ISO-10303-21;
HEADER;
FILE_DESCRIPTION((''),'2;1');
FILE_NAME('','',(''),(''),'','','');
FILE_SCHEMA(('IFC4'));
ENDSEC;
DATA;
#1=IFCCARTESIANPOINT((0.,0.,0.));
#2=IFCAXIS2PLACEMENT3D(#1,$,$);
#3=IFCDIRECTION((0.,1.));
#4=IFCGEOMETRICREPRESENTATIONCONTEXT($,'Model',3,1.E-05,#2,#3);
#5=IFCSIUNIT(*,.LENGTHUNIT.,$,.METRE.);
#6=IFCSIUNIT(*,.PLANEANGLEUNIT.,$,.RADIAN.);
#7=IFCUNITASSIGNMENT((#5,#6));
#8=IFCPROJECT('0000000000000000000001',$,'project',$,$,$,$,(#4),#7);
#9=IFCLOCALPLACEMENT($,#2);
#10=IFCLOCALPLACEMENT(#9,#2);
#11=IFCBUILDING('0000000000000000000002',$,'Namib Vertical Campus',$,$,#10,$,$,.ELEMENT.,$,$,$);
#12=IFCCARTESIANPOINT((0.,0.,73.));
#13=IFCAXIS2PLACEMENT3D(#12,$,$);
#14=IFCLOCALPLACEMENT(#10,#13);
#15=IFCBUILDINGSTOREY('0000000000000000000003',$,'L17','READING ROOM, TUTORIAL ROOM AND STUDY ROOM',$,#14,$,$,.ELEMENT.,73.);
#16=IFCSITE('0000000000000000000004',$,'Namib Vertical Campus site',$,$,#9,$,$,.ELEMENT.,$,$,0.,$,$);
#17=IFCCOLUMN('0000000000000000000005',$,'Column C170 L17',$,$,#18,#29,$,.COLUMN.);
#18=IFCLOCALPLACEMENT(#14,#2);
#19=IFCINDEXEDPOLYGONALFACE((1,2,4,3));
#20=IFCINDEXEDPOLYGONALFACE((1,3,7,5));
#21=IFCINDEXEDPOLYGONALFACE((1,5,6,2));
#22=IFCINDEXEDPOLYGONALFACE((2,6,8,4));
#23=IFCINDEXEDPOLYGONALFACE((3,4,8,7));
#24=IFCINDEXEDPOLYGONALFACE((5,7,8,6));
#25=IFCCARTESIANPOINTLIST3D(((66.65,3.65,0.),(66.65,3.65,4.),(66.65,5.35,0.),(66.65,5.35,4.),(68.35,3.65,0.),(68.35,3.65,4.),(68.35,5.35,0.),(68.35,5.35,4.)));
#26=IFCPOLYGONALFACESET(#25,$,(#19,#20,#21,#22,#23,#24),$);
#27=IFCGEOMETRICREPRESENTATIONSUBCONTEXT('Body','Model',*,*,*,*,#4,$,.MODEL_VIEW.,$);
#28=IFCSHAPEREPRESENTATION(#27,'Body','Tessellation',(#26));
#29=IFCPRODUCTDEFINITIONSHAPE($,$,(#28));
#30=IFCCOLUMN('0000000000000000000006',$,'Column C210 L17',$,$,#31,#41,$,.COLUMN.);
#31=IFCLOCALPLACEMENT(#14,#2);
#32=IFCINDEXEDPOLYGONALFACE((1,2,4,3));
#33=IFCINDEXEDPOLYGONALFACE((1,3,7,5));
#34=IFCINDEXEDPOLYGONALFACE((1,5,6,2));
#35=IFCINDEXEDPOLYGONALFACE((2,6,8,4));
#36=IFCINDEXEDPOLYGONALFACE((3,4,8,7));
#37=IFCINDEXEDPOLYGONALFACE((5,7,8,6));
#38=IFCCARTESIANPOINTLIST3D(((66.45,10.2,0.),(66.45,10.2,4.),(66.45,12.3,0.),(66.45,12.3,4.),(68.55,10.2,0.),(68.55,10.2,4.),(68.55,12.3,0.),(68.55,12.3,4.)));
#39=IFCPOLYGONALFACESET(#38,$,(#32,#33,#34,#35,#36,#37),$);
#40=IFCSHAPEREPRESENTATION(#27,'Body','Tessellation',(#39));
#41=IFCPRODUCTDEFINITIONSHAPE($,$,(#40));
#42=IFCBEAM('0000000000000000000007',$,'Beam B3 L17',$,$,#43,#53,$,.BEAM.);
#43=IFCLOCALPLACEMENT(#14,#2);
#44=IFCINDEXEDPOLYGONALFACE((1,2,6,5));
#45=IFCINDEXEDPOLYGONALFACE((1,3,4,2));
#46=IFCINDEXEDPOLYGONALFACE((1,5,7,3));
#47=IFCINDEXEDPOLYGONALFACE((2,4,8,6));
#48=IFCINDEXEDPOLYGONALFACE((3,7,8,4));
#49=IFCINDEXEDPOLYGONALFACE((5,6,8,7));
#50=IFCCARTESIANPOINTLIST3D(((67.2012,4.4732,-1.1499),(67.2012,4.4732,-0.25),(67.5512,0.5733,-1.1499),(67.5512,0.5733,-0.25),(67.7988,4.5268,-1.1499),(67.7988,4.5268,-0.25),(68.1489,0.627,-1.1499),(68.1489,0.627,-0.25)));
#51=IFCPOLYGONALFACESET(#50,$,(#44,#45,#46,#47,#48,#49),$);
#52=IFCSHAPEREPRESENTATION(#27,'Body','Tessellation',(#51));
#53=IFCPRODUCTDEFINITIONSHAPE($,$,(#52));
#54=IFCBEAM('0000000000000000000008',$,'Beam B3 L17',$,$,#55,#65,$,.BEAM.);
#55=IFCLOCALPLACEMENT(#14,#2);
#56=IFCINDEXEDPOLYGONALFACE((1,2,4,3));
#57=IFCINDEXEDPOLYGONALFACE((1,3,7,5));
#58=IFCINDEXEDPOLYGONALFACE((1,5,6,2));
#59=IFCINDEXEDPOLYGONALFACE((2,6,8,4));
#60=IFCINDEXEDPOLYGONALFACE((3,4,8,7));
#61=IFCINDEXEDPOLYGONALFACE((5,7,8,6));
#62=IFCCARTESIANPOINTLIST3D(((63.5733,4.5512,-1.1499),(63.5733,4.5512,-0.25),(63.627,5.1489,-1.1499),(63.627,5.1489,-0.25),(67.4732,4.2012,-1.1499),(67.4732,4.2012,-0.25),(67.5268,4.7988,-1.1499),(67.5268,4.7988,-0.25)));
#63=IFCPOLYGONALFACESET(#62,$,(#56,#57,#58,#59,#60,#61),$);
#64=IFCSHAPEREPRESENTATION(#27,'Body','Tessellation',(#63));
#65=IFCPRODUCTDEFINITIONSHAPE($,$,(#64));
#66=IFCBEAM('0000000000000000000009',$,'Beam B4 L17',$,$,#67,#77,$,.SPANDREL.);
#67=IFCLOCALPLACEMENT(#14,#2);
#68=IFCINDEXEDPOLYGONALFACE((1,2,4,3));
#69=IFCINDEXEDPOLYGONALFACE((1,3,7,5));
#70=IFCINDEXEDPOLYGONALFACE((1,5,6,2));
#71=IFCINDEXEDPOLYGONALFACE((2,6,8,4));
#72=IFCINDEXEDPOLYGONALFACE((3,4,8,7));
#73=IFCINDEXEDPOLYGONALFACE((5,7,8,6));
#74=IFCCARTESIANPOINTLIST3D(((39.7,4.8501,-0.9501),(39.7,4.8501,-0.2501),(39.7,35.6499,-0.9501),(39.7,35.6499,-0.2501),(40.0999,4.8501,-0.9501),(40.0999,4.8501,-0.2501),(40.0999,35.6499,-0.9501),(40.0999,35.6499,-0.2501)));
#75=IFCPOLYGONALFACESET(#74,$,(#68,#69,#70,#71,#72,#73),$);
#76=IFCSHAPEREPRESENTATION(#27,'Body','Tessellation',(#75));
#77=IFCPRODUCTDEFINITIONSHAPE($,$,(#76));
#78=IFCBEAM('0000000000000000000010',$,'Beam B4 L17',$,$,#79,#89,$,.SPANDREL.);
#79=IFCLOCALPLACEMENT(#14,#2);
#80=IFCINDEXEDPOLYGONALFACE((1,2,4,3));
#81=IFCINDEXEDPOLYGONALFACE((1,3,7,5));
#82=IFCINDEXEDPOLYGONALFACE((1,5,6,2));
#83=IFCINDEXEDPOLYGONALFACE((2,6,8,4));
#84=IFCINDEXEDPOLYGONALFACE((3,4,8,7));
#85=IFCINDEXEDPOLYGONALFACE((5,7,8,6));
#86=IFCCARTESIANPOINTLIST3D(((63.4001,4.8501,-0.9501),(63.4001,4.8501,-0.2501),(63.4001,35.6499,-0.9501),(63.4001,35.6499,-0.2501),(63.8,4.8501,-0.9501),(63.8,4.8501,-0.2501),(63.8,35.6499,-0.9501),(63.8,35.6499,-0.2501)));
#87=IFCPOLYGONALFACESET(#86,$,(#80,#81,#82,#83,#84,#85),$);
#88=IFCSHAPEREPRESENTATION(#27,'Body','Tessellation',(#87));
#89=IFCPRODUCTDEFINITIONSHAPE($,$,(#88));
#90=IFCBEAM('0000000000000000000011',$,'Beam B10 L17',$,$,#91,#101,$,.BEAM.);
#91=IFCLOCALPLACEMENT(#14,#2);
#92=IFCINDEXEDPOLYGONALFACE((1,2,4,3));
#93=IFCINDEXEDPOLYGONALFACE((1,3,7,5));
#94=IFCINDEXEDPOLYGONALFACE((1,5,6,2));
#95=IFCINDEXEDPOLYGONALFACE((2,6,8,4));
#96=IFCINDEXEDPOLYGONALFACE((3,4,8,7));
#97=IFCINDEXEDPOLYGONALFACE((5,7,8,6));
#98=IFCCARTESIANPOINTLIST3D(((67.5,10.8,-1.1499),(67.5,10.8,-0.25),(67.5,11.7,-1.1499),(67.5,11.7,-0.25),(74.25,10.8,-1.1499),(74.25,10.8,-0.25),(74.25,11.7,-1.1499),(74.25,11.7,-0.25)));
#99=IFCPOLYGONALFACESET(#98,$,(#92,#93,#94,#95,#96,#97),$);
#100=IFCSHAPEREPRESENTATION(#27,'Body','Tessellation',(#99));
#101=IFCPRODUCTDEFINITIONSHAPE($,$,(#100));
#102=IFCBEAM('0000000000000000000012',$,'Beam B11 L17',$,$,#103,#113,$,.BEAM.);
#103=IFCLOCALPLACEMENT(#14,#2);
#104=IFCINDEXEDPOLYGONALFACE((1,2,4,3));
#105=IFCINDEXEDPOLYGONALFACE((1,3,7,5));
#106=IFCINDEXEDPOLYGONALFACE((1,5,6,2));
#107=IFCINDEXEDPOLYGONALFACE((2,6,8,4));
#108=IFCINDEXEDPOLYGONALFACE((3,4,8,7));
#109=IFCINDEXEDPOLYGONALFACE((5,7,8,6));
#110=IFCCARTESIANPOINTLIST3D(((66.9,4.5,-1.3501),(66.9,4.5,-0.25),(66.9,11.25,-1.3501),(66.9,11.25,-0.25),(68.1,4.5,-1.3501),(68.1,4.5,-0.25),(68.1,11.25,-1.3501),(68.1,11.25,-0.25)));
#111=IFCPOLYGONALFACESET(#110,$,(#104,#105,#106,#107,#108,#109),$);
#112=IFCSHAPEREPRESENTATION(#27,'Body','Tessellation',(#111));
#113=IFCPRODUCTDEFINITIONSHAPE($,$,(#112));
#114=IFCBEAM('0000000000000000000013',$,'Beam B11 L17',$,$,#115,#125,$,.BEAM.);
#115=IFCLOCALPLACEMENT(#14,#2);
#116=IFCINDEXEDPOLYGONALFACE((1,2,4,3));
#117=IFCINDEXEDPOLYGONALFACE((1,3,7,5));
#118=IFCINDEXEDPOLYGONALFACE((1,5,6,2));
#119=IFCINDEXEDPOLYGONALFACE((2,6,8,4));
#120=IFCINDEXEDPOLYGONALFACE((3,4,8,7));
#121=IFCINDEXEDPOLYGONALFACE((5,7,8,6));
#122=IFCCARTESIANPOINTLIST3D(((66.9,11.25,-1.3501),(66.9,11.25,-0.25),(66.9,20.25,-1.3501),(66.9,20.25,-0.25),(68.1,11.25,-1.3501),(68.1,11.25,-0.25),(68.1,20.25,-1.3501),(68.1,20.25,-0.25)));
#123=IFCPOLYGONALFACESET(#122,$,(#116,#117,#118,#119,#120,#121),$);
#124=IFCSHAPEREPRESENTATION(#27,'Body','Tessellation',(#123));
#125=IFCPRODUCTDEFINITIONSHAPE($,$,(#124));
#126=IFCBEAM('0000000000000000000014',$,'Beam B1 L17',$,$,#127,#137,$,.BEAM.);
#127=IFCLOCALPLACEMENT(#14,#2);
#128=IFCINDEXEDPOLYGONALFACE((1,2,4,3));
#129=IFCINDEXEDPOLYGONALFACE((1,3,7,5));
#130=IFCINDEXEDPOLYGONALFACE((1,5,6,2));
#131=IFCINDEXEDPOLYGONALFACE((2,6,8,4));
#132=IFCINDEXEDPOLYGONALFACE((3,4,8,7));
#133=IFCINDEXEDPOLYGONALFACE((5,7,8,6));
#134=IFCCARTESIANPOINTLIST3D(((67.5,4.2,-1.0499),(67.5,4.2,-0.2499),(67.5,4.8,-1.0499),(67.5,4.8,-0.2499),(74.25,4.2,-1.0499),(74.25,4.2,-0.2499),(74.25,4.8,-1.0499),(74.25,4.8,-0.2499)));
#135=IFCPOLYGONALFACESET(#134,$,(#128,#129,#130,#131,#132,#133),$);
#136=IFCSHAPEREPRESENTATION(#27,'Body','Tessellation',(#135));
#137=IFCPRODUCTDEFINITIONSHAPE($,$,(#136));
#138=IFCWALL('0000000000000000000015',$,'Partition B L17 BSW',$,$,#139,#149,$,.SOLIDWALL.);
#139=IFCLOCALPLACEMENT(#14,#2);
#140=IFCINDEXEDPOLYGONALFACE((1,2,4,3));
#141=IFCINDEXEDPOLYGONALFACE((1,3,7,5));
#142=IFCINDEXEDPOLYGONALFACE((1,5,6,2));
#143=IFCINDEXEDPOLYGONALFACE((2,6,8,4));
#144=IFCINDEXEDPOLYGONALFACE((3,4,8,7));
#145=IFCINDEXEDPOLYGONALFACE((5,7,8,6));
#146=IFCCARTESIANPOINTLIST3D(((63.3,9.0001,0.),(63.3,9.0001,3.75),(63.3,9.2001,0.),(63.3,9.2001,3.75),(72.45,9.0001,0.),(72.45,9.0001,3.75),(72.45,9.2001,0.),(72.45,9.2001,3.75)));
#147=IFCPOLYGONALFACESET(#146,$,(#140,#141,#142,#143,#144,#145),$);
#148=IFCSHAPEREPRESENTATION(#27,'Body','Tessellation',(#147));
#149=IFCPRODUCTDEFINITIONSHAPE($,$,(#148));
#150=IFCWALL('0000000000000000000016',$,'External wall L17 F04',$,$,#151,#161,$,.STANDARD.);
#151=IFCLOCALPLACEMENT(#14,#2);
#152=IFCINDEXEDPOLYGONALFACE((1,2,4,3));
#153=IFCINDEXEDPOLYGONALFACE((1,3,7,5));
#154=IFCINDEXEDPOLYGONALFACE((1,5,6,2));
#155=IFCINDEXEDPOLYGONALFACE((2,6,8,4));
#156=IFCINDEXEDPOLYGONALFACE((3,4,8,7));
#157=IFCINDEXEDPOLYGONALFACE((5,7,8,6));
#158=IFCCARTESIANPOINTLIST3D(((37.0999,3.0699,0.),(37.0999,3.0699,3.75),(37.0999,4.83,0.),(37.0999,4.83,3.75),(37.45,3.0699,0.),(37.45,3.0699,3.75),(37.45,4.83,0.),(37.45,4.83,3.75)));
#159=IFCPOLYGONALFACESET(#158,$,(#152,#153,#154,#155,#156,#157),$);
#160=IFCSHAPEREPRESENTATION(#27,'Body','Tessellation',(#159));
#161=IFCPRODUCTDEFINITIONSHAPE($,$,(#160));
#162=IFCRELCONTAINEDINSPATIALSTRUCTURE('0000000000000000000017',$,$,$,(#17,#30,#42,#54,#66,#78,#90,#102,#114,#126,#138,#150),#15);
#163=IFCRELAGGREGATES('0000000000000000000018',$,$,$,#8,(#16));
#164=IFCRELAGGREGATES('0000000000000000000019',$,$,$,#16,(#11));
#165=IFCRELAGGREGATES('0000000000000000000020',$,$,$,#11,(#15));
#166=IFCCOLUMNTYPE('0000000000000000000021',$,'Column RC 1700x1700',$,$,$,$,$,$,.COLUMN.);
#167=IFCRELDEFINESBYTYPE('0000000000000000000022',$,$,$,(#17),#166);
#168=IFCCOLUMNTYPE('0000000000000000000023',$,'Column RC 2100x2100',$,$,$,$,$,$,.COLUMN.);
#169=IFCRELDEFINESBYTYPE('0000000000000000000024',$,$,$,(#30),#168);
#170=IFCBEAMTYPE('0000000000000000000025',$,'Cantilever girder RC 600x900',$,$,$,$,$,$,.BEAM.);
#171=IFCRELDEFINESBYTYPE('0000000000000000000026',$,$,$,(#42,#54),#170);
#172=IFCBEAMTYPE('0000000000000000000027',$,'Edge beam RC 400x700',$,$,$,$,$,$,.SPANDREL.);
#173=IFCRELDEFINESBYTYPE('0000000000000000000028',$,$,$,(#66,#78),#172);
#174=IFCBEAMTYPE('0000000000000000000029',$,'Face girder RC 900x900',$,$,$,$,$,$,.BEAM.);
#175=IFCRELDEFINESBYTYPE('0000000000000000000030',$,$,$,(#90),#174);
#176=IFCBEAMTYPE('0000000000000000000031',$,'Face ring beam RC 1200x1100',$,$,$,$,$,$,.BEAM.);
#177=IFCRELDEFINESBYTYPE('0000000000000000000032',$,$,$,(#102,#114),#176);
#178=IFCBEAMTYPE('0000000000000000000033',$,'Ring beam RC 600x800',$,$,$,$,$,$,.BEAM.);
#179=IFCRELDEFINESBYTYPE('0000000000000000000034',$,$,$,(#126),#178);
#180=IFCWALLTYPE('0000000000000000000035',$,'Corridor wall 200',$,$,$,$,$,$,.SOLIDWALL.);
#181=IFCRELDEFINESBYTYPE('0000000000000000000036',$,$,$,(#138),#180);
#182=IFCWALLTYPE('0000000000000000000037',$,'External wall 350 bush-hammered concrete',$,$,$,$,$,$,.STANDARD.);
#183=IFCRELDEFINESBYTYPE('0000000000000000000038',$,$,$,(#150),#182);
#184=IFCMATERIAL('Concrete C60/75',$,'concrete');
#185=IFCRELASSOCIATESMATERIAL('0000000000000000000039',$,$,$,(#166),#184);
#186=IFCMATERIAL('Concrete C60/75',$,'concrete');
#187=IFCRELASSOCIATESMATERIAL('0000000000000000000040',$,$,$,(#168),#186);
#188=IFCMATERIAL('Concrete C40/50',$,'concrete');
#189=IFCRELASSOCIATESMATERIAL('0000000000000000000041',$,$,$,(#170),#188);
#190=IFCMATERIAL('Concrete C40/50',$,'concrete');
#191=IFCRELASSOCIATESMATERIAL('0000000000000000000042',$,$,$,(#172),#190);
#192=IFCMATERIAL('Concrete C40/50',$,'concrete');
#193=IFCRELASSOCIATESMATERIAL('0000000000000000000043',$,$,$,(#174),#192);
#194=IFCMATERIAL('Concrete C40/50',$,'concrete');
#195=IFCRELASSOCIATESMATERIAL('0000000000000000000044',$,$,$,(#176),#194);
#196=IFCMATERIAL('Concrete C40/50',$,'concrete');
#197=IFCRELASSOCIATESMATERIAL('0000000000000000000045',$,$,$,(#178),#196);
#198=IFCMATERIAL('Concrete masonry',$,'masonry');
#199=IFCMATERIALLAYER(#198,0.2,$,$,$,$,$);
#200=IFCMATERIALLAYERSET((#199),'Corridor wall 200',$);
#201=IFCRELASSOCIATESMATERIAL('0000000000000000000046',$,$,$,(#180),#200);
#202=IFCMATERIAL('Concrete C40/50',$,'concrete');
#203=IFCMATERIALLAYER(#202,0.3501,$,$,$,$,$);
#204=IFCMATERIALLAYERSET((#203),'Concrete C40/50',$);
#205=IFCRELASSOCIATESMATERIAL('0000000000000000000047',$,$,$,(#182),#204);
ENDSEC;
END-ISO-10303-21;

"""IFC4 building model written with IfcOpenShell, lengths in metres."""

from ifc_helpers import new_model, si_unit, direction, frame, frame_2d, origin, origin_2d, place, context, subcontext, project, spatial, rectangle, extrude, material, layer, layer_set, material_profile, profile_set, type_object, element, save


model = new_model("IFC4")

# Units and contexts
model_context = context("Model", 3, precision=1e-05, world=origin(), true_north=direction((0.0, 1.0)))
body_context = subcontext(model_context, "Body", "Model", "MODEL_VIEW")
ifc_project = project(units=[si_unit("LENGTHUNIT", "METRE"), si_unit("PLANEANGLEUNIT", "RADIAN")], contexts=[model_context])

# Site, building, storey
site_placement = place(None, origin())
site = spatial("IfcSite", under=ifc_project, at=site_placement, Name="Namib Vertical Campus site", CompositionType="ELEMENT", RefElevation=0.0)
building_placement = place(site_placement, origin())
building = spatial("IfcBuilding", under=site, at=building_placement, Name="Namib Vertical Campus", CompositionType="ELEMENT")
storey_placement = place(building_placement, frame((0.0, 0.0, 73.0)))
storey = spatial("IfcBuildingStorey", under=building, at=storey_placement, Name="L17", Description="READING ROOM, TUTORIAL ROOM AND STUDY ROOM", CompositionType="ELEMENT", Elevation=73.0)

# Columns
ifc_material_1 = material(Name="Concrete C60/75", Category="concrete")
ifc_material_profile_1 = material_profile(ifc_material_1, rectangle(XDim=1.7, YDim=1.7, at=origin_2d()))
ifc_profile_set_1 = profile_set([ifc_material_profile_1], Name="Concrete C60/75")
column_type_1 = type_object("IfcColumnType", Name="Column RC 1700x1700", PredefinedType="COLUMN", material=ifc_profile_set_1)
column_1_placement = place(storey_placement, frame((67.5, 4.5, 0.0), z_axis=(0.0, 0.0, 1.0), x_axis=(1.0, 0.0, 0.0)))
element("IfcColumn", 1, at=column_1_placement, inside=storey, type_object=column_type_1, Name="Column C170 L17", PredefinedType="COLUMN", context=body_context, shape_type="SweptSolid", body=[
    extrude(rectangle(XDim=1.7, YDim=1.7, at=origin_2d()), origin(), (0.0, 0.0, 1.0), 4.0),
])
ifc_material_2 = material(Name="Concrete C60/75", Category="concrete")
ifc_material_profile_2 = material_profile(ifc_material_2, rectangle(XDim=2.1001, YDim=2.1001, at=origin_2d()))
ifc_profile_set_2 = profile_set([ifc_material_profile_2], Name="Concrete C60/75")
column_type_2 = type_object("IfcColumnType", Name="Column RC 2100x2100", PredefinedType="COLUMN", material=ifc_profile_set_2)
column_2_placement = place(storey_placement, frame((67.5, 11.25, 0.0), z_axis=(0.0, 0.0, 1.0), x_axis=(1.0, 0.0, 0.0)))
element("IfcColumn", 2, at=column_2_placement, inside=storey, type_object=column_type_2, Name="Column C210 L17", PredefinedType="COLUMN", context=body_context, shape_type="SweptSolid", body=[
    extrude(rectangle(XDim=2.1001, YDim=2.1001, at=origin_2d()), origin(), (0.0, 0.0, 1.0), 4.0),
])

# Beams
ifc_material_3 = material(Name="Concrete C40/50", Category="concrete")
ifc_material_profile_3 = material_profile(ifc_material_3, rectangle(XDim=0.6001, YDim=0.8999, at=origin_2d()))
ifc_profile_set_3 = profile_set([ifc_material_profile_3], Name="Concrete C40/50")
beam_type_1 = type_object("IfcBeamType", Name="Cantilever girder RC 600x900", PredefinedType="BEAM", material=ifc_profile_set_3)
for number, where, z_axis, x_axis, name in (
    (3, (67.5, 4.5, -0.7), (0.089411, -0.995995, 0.0), (0.995995, 0.089411, 0.0), "Beam B3 L17"),
    (4, (67.5, 4.5, -0.7), (-0.995995, 0.089411, 0.0), (-0.089411, -0.995995, 0.0), "Beam B3 L17"),
):
    element("IfcBeam", number, at=place(storey_placement, frame(where, z_axis=z_axis, x_axis=x_axis)), inside=storey, type_object=beam_type_1, Name=name, PredefinedType="BEAM", context=body_context, shape_type="SweptSolid", body=[
        extrude(rectangle(XDim=0.6001, YDim=0.8999, at=origin_2d()), origin(), (0.0, 0.0, 1.0), 3.9155),
    ])
ifc_material_4 = material(Name="Concrete C40/50", Category="concrete")
ifc_material_profile_4 = material_profile(ifc_material_4, rectangle(XDim=0.3999, YDim=0.7, at=origin_2d()))
ifc_profile_set_4 = profile_set([ifc_material_profile_4], Name="Concrete C40/50")
beam_type_2 = type_object("IfcBeamType", Name="Edge beam RC 400x700", PredefinedType="SPANDREL", material=ifc_profile_set_4)
for number, where, z_axis, x_axis, name in (
    (5, (39.8999, 4.8501, -0.6001), (0.0, 1.0, 0.0), (-1.0, 0.0, 0.0), "Beam B4 L17"),
    (6, (63.6001, 4.8501, -0.6001), (0.0, 1.0, 0.0), (-1.0, 0.0, 0.0), "Beam B4 L17"),
):
    element("IfcBeam", number, at=place(storey_placement, frame(where, z_axis=z_axis, x_axis=x_axis)), inside=storey, type_object=beam_type_2, Name=name, PredefinedType="SPANDREL", context=body_context, shape_type="SweptSolid", body=[
        extrude(rectangle(XDim=0.3999, YDim=0.7, at=origin_2d()), origin(), (0.0, 0.0, 1.0), 30.7998),
    ])
ifc_material_5 = material(Name="Concrete C40/50", Category="concrete")
ifc_material_profile_5 = material_profile(ifc_material_5, rectangle(XDim=0.8999, YDim=0.8999, at=origin_2d()))
ifc_profile_set_5 = profile_set([ifc_material_profile_5], Name="Concrete C40/50")
beam_type_3 = type_object("IfcBeamType", Name="Face girder RC 900x900", PredefinedType="BEAM", material=ifc_profile_set_5)
beam_1_placement = place(storey_placement, frame((67.5, 11.25, -0.7), z_axis=(1.0, 0.0, 0.0), x_axis=(0.0, 1.0, 0.0)))
element("IfcBeam", 7, at=beam_1_placement, inside=storey, type_object=beam_type_3, Name="Beam B10 L17", PredefinedType="BEAM", context=body_context, shape_type="SweptSolid", body=[
    extrude(rectangle(XDim=0.8999, YDim=0.8999, at=origin_2d()), origin(), (0.0, 0.0, 1.0), 6.75),
])
ifc_material_6 = material(Name="Concrete C40/50", Category="concrete")
ifc_material_profile_6 = material_profile(ifc_material_6, rectangle(XDim=1.2, YDim=1.1001, at=origin_2d()))
ifc_profile_set_6 = profile_set([ifc_material_profile_6], Name="Concrete C40/50")
beam_type_4 = type_object("IfcBeamType", Name="Face ring beam RC 1200x1100", PredefinedType="BEAM", material=ifc_profile_set_6)
beam_2_placement = place(storey_placement, frame((67.5, 4.5, -0.8), z_axis=(0.0, 1.0, 0.0), x_axis=(-1.0, 0.0, 0.0)))
element("IfcBeam", 8, at=beam_2_placement, inside=storey, type_object=beam_type_4, Name="Beam B11 L17", PredefinedType="BEAM", context=body_context, shape_type="SweptSolid", body=[
    extrude(rectangle(XDim=1.2, YDim=1.1001, at=origin_2d()), origin(), (0.0, 0.0, 1.0), 6.75),
])
beam_3_placement = place(storey_placement, frame((67.5, 11.25, -0.8), z_axis=(0.0, 1.0, 0.0), x_axis=(-1.0, 0.0, 0.0)))
element("IfcBeam", 9, at=beam_3_placement, inside=storey, type_object=beam_type_4, Name="Beam B11 L17", PredefinedType="BEAM", context=body_context, shape_type="SweptSolid", body=[
    extrude(rectangle(XDim=1.2, YDim=1.1001, at=origin_2d()), origin(), (0.0, 0.0, 1.0), 9.0),
])
ifc_material_7 = material(Name="Concrete C40/50", Category="concrete")
ifc_material_profile_7 = material_profile(ifc_material_7, rectangle(XDim=0.6001, YDim=0.8, at=origin_2d()))
ifc_profile_set_7 = profile_set([ifc_material_profile_7], Name="Concrete C40/50")
beam_type_5 = type_object("IfcBeamType", Name="Ring beam RC 600x800", PredefinedType="BEAM", material=ifc_profile_set_7)
beam_4_placement = place(storey_placement, frame((67.5, 4.5, -0.6499), z_axis=(1.0, 0.0, 0.0), x_axis=(0.0, 1.0, 0.0)))
element("IfcBeam", 10, at=beam_4_placement, inside=storey, type_object=beam_type_5, Name="Beam B1 L17", PredefinedType="BEAM", context=body_context, shape_type="SweptSolid", body=[
    extrude(rectangle(XDim=0.6001, YDim=0.8, at=origin_2d()), origin(), (0.0, 0.0, 1.0), 6.75),
])

# Walls
ifc_material_8 = material(Name="Concrete masonry", Category="masonry")
ifc_layer_1 = layer(ifc_material_8, 0.2)
ifc_layer_set_1 = layer_set([ifc_layer_1], Name="Corridor wall 200")
wall_type_1 = type_object("IfcWallType", Name="Corridor wall 200", PredefinedType="SOLIDWALL", material=ifc_layer_set_1)
wall_1_placement = place(storey_placement, frame((63.3, 9.1001, 0.0), z_axis=(0.0, 0.0, 1.0), x_axis=(1.0, 0.0, 0.0)))
element("IfcWall", 11, at=wall_1_placement, inside=storey, type_object=wall_type_1, Name="Partition B L17 BSW", PredefinedType="SOLIDWALL", context=body_context, shape_type="SweptSolid", body=[
    extrude(rectangle(XDim=9.1499, YDim=0.2, at=frame_2d((4.575, 0.0))), origin(), (0.0, 0.0, 1.0), 3.75),
])
ifc_material_9 = material(Name="Concrete C40/50", Category="concrete")
ifc_layer_2 = layer(ifc_material_9, 0.3501)
ifc_layer_set_2 = layer_set([ifc_layer_2], Name="Concrete C40/50")
wall_type_2 = type_object("IfcWallType", Name="External wall 350 bush-hammered concrete", PredefinedType="STANDARD", material=ifc_layer_set_2)
wall_2_placement = place(storey_placement, frame((37.2749, 3.0701, 0.0), z_axis=(0.0, 0.0, 1.0), x_axis=(0.0, 1.0, 0.0)))
element("IfcWall", 12, at=wall_2_placement, inside=storey, type_object=wall_type_2, Name="External wall L17 F04", PredefinedType="STANDARD", context=body_context, shape_type="SweptSolid", body=[
    extrude(rectangle(XDim=1.76, YDim=0.3501, at=frame_2d((0.8799, 0.0))), origin(), (0.0, 0.0, 1.0), 3.75),
])

save(model, "model.ifc")
